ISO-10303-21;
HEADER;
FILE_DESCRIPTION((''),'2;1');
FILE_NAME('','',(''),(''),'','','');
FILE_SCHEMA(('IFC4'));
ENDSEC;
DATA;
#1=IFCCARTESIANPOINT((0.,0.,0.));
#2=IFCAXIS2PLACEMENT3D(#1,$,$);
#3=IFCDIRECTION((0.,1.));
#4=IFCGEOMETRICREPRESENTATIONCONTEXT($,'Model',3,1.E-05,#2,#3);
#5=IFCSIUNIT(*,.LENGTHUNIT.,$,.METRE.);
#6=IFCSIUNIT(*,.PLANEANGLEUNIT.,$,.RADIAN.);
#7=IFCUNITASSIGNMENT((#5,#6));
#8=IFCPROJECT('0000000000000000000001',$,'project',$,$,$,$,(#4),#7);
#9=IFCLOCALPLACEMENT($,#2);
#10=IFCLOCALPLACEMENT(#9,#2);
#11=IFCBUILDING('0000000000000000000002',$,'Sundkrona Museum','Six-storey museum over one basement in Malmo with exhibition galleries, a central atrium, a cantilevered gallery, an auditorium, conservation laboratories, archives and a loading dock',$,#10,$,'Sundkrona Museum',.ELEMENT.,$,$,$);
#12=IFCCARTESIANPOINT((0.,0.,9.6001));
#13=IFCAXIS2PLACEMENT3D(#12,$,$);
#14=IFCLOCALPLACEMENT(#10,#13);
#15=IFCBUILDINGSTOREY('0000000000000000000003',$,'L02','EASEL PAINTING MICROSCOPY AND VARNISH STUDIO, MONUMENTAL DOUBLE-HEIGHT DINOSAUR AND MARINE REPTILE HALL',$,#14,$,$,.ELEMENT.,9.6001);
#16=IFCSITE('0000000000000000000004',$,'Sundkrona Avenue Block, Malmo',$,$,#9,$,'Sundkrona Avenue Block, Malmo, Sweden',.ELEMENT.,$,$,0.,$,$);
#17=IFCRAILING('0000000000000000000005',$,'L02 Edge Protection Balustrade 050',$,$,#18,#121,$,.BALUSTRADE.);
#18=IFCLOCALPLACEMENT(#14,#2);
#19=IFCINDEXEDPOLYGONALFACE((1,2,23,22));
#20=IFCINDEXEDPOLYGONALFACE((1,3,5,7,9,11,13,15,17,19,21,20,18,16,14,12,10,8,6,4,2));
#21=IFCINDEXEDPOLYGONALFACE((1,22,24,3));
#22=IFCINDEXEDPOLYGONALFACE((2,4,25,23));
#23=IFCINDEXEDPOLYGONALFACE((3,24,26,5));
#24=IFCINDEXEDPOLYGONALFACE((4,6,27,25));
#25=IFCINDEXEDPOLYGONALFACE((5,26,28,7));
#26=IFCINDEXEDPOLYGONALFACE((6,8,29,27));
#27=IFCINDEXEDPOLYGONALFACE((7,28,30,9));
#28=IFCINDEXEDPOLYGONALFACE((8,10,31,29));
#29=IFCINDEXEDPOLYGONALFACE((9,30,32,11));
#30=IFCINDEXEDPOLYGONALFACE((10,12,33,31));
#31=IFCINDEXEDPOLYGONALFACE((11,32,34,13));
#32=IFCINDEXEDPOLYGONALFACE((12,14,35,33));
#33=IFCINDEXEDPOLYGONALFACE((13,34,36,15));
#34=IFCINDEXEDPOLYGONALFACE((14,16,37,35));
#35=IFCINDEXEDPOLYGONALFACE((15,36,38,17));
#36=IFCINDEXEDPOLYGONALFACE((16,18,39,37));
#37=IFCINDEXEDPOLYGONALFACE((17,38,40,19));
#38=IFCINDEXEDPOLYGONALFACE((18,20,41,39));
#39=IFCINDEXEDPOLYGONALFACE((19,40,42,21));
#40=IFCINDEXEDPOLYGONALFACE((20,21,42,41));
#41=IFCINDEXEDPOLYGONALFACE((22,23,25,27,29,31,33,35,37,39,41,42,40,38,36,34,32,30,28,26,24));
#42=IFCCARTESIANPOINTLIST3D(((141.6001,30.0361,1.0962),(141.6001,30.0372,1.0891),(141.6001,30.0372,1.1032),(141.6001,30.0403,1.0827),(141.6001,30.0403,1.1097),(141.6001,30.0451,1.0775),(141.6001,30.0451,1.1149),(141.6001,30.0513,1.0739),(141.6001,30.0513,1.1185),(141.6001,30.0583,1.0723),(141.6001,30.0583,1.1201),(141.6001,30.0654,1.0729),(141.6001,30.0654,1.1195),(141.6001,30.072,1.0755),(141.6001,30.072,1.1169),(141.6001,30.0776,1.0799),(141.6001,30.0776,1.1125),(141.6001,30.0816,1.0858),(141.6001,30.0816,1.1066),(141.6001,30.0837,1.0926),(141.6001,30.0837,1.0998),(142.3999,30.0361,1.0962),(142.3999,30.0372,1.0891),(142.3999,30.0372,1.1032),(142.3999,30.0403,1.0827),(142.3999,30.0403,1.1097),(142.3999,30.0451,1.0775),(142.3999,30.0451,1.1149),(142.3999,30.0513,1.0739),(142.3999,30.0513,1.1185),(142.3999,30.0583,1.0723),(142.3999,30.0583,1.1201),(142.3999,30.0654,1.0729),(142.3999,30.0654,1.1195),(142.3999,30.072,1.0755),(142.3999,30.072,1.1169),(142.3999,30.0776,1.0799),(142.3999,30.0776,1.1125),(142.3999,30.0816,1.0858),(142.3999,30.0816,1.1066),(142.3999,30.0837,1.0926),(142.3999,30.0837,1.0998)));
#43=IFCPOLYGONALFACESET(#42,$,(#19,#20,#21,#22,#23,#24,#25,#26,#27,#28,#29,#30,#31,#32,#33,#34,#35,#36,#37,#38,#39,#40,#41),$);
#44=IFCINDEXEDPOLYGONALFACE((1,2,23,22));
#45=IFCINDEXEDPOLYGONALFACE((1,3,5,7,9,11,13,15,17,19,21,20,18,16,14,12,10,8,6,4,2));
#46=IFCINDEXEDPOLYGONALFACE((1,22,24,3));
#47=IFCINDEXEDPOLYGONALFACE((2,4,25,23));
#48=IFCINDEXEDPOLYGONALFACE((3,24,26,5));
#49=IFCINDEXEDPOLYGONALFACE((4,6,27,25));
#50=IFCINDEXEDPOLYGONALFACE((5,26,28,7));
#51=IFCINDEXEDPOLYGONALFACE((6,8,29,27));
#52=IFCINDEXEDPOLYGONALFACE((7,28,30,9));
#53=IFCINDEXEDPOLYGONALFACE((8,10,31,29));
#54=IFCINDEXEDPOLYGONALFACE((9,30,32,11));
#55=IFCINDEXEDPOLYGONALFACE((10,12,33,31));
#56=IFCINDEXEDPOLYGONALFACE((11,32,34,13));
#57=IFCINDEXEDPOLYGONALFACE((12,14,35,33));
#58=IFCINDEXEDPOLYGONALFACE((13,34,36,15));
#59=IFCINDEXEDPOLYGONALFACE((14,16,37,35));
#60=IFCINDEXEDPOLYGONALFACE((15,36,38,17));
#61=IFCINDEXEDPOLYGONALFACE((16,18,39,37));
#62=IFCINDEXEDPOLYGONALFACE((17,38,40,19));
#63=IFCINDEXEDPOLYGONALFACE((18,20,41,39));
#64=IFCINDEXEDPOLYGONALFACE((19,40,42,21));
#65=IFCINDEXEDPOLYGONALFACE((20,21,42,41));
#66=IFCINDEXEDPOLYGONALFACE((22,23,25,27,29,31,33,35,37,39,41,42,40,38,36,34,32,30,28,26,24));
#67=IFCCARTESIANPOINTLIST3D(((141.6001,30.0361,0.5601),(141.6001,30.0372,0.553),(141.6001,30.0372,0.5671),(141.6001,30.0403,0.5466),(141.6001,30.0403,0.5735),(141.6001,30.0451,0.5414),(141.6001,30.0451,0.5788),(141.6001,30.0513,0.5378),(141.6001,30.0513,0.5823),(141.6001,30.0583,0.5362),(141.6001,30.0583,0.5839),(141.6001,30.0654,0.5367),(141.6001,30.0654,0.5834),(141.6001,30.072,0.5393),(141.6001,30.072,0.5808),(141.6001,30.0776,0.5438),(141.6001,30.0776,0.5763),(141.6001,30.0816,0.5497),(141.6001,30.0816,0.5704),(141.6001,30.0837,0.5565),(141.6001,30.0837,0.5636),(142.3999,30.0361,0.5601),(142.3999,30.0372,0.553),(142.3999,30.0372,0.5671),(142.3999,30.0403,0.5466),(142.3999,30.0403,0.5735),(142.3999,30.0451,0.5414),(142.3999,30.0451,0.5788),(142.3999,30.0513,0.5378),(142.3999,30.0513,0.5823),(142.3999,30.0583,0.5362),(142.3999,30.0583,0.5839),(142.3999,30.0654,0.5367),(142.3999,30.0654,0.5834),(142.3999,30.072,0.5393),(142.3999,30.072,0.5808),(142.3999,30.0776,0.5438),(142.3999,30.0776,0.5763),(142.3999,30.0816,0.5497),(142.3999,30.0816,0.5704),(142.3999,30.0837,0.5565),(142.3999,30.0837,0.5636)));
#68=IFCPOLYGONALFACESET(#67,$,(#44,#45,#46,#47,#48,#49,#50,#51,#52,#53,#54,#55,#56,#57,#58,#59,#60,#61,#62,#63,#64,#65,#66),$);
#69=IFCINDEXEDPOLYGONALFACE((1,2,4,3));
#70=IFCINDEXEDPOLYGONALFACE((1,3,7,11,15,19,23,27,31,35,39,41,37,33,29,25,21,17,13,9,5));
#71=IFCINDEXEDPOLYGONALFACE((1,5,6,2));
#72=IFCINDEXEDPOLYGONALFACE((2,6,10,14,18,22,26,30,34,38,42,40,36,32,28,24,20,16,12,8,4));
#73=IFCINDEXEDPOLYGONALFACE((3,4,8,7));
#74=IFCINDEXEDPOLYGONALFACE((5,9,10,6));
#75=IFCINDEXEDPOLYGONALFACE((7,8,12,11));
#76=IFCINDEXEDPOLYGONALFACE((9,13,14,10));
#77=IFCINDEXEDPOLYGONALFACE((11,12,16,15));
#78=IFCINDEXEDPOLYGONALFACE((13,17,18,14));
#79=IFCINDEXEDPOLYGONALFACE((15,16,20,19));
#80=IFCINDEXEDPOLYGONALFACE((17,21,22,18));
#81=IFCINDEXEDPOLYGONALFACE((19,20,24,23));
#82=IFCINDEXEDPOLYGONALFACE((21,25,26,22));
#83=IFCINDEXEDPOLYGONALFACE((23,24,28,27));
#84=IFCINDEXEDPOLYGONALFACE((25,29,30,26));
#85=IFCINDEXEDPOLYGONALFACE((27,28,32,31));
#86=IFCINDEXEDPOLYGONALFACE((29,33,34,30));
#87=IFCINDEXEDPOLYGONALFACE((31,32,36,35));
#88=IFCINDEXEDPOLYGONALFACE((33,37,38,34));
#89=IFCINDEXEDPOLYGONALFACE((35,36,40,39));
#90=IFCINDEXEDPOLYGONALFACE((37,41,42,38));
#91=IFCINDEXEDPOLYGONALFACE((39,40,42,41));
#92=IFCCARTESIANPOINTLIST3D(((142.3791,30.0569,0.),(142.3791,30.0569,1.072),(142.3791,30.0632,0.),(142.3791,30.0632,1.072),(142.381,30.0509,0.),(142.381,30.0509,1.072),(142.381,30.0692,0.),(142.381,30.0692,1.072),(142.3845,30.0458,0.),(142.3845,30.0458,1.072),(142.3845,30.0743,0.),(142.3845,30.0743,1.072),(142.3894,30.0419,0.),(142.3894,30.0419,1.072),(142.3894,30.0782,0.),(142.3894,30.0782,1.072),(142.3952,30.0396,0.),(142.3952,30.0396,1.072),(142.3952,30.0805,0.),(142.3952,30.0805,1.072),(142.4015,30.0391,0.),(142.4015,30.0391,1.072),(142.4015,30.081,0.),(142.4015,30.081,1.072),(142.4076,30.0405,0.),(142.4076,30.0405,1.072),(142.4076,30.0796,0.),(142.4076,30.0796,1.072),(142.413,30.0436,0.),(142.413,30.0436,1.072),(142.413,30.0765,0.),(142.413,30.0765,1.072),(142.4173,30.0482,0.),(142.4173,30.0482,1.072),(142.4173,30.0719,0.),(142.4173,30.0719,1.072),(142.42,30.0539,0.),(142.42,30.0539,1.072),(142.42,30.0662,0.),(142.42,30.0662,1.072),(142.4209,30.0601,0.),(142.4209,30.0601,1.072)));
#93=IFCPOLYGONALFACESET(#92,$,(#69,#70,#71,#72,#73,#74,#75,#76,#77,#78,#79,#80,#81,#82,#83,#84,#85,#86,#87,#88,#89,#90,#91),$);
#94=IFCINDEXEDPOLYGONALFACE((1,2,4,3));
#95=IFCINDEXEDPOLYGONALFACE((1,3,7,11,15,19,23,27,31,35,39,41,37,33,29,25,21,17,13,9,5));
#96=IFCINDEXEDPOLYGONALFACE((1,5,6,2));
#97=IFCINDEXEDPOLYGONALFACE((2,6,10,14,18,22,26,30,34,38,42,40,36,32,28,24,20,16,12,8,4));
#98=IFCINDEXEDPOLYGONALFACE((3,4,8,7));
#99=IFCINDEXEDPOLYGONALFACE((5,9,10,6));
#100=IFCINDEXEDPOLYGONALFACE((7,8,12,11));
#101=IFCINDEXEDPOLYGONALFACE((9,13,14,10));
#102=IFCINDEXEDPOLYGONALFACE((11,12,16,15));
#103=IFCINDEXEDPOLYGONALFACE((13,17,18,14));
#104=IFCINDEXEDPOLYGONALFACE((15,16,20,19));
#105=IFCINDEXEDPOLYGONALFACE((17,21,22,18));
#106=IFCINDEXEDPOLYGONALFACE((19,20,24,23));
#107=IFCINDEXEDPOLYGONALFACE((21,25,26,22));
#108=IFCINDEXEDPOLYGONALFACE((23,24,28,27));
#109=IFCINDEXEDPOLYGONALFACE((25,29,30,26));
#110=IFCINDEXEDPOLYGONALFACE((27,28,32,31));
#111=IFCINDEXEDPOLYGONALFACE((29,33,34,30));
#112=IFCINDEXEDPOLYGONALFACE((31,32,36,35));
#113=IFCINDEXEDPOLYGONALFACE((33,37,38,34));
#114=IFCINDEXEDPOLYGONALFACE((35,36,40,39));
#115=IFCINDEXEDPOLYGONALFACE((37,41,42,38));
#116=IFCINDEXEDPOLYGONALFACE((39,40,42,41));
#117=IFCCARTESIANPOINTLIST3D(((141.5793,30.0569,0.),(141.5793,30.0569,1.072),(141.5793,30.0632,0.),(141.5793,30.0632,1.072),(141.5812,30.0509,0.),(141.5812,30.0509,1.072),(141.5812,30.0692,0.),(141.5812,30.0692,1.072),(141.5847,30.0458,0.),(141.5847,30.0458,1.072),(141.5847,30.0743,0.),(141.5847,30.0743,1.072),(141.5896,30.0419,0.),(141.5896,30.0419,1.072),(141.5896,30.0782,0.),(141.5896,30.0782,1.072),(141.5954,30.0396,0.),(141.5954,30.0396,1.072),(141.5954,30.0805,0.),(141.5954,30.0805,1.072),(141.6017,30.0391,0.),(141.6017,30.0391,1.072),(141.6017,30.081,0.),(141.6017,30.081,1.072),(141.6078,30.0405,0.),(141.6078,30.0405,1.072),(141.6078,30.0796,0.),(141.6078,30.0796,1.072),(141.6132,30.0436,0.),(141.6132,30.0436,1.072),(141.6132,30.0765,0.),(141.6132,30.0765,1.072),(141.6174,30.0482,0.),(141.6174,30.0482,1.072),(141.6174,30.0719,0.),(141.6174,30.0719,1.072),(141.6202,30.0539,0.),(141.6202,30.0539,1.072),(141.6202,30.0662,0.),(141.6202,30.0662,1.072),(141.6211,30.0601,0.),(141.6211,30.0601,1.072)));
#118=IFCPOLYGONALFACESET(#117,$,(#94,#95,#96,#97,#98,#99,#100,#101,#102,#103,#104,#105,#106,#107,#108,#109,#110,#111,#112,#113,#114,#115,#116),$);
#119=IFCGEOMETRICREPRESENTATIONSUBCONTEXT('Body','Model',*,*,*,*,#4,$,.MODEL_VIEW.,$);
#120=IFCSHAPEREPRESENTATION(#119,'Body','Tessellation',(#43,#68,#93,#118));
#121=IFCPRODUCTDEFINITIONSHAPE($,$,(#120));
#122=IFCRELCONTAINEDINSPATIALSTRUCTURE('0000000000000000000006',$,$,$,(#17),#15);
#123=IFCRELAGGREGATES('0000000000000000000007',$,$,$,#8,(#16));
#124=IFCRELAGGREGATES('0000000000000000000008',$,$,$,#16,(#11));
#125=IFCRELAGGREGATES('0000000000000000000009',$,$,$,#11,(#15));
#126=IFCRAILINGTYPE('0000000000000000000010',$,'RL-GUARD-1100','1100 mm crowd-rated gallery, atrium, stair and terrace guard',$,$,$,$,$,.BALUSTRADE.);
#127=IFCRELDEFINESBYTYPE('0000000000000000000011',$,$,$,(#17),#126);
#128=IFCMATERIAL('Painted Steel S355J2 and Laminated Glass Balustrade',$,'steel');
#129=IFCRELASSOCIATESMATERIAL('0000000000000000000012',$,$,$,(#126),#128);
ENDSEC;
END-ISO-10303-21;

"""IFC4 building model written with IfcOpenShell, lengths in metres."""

from ifc_helpers import new_model, si_unit, direction, frame, origin, origin_2d, place, context, subcontext, project, spatial, circle, extrude, material, type_object, element, save


model = new_model("IFC4")

# Units and contexts
model_context = context("Model", 3, precision=1e-05, world=origin(), true_north=direction((0.0, 1.0)))
body_context = subcontext(model_context, "Body", "Model", "MODEL_VIEW")
ifc_project = project(units=[si_unit("LENGTHUNIT", "METRE"), si_unit("PLANEANGLEUNIT", "RADIAN")], contexts=[model_context])

# Site, building, storey
site_placement = place(None, origin())
site = spatial("IfcSite", under=ifc_project, at=site_placement, Name="Sundkrona Avenue Block, Malmo", LongName="Sundkrona Avenue Block, Malmo, Sweden", CompositionType="ELEMENT", RefElevation=0.0)
building_placement = place(site_placement, origin())
building = spatial("IfcBuilding", under=site, at=building_placement, Name="Sundkrona Museum", Description="Six-storey museum over one basement in Malmo with exhibition galleries, a central atrium, a cantilevered gallery, an auditorium, conservation laboratories, archives and a loading dock", LongName="Sundkrona Museum", CompositionType="ELEMENT")
storey_placement = place(building_placement, frame((0.0, 0.0, 9.6001)))
storey = spatial("IfcBuildingStorey", under=building, at=storey_placement, Name="L02", Description="EASEL PAINTING MICROSCOPY AND VARNISH STUDIO, MONUMENTAL DOUBLE-HEIGHT DINOSAUR AND MARINE REPTILE HALL", CompositionType="ELEMENT", Elevation=9.6001)

# Railing
ifc_material_1 = material(Name="Painted Steel S355J2 and Laminated Glass Balustrade", Category="steel")
railing_type = type_object("IfcRailingType", Name="RL-GUARD-1100", Description="1100 mm crowd-rated gallery, atrium, stair and terrace guard", PredefinedType="BALUSTRADE", material=ifc_material_1)
railing_1_placement = place(storey_placement, frame((142.3999, 30.0601, 0.0)))
element("IfcRailing", 1, at=railing_1_placement, inside=storey, type_object=railing_type, Name="L02 Edge Protection Balustrade 050", PredefinedType="BALUSTRADE", context=body_context, shape_type="SweptSolid", body=[
    extrude(circle(Radius=0.0239, at=origin_2d()), frame((0.0, 0.0, 1.0962), z_axis=(-1.0, 0.0, 0.0), x_axis=(0.0, -1.0, 0.0)), (0.0, 0.0, 1.0), 0.7998),
    extrude(circle(Radius=0.0239, at=origin_2d()), frame((0.0, 0.0, 0.5601), z_axis=(-1.0, 0.0, 0.0), x_axis=(0.0, -1.0, 0.0)), (0.0, 0.0, 1.0), 0.7998),
    extrude(circle(Radius=0.021, at=origin_2d()), origin(), (0.0, 0.0, 1.0), 1.072),
    extrude(circle(Radius=0.021, at=origin_2d()), frame((-0.7998, 0.0, 0.0)), (0.0, 0.0, 1.0), 1.072),
])

save(model, "model.ifc")
